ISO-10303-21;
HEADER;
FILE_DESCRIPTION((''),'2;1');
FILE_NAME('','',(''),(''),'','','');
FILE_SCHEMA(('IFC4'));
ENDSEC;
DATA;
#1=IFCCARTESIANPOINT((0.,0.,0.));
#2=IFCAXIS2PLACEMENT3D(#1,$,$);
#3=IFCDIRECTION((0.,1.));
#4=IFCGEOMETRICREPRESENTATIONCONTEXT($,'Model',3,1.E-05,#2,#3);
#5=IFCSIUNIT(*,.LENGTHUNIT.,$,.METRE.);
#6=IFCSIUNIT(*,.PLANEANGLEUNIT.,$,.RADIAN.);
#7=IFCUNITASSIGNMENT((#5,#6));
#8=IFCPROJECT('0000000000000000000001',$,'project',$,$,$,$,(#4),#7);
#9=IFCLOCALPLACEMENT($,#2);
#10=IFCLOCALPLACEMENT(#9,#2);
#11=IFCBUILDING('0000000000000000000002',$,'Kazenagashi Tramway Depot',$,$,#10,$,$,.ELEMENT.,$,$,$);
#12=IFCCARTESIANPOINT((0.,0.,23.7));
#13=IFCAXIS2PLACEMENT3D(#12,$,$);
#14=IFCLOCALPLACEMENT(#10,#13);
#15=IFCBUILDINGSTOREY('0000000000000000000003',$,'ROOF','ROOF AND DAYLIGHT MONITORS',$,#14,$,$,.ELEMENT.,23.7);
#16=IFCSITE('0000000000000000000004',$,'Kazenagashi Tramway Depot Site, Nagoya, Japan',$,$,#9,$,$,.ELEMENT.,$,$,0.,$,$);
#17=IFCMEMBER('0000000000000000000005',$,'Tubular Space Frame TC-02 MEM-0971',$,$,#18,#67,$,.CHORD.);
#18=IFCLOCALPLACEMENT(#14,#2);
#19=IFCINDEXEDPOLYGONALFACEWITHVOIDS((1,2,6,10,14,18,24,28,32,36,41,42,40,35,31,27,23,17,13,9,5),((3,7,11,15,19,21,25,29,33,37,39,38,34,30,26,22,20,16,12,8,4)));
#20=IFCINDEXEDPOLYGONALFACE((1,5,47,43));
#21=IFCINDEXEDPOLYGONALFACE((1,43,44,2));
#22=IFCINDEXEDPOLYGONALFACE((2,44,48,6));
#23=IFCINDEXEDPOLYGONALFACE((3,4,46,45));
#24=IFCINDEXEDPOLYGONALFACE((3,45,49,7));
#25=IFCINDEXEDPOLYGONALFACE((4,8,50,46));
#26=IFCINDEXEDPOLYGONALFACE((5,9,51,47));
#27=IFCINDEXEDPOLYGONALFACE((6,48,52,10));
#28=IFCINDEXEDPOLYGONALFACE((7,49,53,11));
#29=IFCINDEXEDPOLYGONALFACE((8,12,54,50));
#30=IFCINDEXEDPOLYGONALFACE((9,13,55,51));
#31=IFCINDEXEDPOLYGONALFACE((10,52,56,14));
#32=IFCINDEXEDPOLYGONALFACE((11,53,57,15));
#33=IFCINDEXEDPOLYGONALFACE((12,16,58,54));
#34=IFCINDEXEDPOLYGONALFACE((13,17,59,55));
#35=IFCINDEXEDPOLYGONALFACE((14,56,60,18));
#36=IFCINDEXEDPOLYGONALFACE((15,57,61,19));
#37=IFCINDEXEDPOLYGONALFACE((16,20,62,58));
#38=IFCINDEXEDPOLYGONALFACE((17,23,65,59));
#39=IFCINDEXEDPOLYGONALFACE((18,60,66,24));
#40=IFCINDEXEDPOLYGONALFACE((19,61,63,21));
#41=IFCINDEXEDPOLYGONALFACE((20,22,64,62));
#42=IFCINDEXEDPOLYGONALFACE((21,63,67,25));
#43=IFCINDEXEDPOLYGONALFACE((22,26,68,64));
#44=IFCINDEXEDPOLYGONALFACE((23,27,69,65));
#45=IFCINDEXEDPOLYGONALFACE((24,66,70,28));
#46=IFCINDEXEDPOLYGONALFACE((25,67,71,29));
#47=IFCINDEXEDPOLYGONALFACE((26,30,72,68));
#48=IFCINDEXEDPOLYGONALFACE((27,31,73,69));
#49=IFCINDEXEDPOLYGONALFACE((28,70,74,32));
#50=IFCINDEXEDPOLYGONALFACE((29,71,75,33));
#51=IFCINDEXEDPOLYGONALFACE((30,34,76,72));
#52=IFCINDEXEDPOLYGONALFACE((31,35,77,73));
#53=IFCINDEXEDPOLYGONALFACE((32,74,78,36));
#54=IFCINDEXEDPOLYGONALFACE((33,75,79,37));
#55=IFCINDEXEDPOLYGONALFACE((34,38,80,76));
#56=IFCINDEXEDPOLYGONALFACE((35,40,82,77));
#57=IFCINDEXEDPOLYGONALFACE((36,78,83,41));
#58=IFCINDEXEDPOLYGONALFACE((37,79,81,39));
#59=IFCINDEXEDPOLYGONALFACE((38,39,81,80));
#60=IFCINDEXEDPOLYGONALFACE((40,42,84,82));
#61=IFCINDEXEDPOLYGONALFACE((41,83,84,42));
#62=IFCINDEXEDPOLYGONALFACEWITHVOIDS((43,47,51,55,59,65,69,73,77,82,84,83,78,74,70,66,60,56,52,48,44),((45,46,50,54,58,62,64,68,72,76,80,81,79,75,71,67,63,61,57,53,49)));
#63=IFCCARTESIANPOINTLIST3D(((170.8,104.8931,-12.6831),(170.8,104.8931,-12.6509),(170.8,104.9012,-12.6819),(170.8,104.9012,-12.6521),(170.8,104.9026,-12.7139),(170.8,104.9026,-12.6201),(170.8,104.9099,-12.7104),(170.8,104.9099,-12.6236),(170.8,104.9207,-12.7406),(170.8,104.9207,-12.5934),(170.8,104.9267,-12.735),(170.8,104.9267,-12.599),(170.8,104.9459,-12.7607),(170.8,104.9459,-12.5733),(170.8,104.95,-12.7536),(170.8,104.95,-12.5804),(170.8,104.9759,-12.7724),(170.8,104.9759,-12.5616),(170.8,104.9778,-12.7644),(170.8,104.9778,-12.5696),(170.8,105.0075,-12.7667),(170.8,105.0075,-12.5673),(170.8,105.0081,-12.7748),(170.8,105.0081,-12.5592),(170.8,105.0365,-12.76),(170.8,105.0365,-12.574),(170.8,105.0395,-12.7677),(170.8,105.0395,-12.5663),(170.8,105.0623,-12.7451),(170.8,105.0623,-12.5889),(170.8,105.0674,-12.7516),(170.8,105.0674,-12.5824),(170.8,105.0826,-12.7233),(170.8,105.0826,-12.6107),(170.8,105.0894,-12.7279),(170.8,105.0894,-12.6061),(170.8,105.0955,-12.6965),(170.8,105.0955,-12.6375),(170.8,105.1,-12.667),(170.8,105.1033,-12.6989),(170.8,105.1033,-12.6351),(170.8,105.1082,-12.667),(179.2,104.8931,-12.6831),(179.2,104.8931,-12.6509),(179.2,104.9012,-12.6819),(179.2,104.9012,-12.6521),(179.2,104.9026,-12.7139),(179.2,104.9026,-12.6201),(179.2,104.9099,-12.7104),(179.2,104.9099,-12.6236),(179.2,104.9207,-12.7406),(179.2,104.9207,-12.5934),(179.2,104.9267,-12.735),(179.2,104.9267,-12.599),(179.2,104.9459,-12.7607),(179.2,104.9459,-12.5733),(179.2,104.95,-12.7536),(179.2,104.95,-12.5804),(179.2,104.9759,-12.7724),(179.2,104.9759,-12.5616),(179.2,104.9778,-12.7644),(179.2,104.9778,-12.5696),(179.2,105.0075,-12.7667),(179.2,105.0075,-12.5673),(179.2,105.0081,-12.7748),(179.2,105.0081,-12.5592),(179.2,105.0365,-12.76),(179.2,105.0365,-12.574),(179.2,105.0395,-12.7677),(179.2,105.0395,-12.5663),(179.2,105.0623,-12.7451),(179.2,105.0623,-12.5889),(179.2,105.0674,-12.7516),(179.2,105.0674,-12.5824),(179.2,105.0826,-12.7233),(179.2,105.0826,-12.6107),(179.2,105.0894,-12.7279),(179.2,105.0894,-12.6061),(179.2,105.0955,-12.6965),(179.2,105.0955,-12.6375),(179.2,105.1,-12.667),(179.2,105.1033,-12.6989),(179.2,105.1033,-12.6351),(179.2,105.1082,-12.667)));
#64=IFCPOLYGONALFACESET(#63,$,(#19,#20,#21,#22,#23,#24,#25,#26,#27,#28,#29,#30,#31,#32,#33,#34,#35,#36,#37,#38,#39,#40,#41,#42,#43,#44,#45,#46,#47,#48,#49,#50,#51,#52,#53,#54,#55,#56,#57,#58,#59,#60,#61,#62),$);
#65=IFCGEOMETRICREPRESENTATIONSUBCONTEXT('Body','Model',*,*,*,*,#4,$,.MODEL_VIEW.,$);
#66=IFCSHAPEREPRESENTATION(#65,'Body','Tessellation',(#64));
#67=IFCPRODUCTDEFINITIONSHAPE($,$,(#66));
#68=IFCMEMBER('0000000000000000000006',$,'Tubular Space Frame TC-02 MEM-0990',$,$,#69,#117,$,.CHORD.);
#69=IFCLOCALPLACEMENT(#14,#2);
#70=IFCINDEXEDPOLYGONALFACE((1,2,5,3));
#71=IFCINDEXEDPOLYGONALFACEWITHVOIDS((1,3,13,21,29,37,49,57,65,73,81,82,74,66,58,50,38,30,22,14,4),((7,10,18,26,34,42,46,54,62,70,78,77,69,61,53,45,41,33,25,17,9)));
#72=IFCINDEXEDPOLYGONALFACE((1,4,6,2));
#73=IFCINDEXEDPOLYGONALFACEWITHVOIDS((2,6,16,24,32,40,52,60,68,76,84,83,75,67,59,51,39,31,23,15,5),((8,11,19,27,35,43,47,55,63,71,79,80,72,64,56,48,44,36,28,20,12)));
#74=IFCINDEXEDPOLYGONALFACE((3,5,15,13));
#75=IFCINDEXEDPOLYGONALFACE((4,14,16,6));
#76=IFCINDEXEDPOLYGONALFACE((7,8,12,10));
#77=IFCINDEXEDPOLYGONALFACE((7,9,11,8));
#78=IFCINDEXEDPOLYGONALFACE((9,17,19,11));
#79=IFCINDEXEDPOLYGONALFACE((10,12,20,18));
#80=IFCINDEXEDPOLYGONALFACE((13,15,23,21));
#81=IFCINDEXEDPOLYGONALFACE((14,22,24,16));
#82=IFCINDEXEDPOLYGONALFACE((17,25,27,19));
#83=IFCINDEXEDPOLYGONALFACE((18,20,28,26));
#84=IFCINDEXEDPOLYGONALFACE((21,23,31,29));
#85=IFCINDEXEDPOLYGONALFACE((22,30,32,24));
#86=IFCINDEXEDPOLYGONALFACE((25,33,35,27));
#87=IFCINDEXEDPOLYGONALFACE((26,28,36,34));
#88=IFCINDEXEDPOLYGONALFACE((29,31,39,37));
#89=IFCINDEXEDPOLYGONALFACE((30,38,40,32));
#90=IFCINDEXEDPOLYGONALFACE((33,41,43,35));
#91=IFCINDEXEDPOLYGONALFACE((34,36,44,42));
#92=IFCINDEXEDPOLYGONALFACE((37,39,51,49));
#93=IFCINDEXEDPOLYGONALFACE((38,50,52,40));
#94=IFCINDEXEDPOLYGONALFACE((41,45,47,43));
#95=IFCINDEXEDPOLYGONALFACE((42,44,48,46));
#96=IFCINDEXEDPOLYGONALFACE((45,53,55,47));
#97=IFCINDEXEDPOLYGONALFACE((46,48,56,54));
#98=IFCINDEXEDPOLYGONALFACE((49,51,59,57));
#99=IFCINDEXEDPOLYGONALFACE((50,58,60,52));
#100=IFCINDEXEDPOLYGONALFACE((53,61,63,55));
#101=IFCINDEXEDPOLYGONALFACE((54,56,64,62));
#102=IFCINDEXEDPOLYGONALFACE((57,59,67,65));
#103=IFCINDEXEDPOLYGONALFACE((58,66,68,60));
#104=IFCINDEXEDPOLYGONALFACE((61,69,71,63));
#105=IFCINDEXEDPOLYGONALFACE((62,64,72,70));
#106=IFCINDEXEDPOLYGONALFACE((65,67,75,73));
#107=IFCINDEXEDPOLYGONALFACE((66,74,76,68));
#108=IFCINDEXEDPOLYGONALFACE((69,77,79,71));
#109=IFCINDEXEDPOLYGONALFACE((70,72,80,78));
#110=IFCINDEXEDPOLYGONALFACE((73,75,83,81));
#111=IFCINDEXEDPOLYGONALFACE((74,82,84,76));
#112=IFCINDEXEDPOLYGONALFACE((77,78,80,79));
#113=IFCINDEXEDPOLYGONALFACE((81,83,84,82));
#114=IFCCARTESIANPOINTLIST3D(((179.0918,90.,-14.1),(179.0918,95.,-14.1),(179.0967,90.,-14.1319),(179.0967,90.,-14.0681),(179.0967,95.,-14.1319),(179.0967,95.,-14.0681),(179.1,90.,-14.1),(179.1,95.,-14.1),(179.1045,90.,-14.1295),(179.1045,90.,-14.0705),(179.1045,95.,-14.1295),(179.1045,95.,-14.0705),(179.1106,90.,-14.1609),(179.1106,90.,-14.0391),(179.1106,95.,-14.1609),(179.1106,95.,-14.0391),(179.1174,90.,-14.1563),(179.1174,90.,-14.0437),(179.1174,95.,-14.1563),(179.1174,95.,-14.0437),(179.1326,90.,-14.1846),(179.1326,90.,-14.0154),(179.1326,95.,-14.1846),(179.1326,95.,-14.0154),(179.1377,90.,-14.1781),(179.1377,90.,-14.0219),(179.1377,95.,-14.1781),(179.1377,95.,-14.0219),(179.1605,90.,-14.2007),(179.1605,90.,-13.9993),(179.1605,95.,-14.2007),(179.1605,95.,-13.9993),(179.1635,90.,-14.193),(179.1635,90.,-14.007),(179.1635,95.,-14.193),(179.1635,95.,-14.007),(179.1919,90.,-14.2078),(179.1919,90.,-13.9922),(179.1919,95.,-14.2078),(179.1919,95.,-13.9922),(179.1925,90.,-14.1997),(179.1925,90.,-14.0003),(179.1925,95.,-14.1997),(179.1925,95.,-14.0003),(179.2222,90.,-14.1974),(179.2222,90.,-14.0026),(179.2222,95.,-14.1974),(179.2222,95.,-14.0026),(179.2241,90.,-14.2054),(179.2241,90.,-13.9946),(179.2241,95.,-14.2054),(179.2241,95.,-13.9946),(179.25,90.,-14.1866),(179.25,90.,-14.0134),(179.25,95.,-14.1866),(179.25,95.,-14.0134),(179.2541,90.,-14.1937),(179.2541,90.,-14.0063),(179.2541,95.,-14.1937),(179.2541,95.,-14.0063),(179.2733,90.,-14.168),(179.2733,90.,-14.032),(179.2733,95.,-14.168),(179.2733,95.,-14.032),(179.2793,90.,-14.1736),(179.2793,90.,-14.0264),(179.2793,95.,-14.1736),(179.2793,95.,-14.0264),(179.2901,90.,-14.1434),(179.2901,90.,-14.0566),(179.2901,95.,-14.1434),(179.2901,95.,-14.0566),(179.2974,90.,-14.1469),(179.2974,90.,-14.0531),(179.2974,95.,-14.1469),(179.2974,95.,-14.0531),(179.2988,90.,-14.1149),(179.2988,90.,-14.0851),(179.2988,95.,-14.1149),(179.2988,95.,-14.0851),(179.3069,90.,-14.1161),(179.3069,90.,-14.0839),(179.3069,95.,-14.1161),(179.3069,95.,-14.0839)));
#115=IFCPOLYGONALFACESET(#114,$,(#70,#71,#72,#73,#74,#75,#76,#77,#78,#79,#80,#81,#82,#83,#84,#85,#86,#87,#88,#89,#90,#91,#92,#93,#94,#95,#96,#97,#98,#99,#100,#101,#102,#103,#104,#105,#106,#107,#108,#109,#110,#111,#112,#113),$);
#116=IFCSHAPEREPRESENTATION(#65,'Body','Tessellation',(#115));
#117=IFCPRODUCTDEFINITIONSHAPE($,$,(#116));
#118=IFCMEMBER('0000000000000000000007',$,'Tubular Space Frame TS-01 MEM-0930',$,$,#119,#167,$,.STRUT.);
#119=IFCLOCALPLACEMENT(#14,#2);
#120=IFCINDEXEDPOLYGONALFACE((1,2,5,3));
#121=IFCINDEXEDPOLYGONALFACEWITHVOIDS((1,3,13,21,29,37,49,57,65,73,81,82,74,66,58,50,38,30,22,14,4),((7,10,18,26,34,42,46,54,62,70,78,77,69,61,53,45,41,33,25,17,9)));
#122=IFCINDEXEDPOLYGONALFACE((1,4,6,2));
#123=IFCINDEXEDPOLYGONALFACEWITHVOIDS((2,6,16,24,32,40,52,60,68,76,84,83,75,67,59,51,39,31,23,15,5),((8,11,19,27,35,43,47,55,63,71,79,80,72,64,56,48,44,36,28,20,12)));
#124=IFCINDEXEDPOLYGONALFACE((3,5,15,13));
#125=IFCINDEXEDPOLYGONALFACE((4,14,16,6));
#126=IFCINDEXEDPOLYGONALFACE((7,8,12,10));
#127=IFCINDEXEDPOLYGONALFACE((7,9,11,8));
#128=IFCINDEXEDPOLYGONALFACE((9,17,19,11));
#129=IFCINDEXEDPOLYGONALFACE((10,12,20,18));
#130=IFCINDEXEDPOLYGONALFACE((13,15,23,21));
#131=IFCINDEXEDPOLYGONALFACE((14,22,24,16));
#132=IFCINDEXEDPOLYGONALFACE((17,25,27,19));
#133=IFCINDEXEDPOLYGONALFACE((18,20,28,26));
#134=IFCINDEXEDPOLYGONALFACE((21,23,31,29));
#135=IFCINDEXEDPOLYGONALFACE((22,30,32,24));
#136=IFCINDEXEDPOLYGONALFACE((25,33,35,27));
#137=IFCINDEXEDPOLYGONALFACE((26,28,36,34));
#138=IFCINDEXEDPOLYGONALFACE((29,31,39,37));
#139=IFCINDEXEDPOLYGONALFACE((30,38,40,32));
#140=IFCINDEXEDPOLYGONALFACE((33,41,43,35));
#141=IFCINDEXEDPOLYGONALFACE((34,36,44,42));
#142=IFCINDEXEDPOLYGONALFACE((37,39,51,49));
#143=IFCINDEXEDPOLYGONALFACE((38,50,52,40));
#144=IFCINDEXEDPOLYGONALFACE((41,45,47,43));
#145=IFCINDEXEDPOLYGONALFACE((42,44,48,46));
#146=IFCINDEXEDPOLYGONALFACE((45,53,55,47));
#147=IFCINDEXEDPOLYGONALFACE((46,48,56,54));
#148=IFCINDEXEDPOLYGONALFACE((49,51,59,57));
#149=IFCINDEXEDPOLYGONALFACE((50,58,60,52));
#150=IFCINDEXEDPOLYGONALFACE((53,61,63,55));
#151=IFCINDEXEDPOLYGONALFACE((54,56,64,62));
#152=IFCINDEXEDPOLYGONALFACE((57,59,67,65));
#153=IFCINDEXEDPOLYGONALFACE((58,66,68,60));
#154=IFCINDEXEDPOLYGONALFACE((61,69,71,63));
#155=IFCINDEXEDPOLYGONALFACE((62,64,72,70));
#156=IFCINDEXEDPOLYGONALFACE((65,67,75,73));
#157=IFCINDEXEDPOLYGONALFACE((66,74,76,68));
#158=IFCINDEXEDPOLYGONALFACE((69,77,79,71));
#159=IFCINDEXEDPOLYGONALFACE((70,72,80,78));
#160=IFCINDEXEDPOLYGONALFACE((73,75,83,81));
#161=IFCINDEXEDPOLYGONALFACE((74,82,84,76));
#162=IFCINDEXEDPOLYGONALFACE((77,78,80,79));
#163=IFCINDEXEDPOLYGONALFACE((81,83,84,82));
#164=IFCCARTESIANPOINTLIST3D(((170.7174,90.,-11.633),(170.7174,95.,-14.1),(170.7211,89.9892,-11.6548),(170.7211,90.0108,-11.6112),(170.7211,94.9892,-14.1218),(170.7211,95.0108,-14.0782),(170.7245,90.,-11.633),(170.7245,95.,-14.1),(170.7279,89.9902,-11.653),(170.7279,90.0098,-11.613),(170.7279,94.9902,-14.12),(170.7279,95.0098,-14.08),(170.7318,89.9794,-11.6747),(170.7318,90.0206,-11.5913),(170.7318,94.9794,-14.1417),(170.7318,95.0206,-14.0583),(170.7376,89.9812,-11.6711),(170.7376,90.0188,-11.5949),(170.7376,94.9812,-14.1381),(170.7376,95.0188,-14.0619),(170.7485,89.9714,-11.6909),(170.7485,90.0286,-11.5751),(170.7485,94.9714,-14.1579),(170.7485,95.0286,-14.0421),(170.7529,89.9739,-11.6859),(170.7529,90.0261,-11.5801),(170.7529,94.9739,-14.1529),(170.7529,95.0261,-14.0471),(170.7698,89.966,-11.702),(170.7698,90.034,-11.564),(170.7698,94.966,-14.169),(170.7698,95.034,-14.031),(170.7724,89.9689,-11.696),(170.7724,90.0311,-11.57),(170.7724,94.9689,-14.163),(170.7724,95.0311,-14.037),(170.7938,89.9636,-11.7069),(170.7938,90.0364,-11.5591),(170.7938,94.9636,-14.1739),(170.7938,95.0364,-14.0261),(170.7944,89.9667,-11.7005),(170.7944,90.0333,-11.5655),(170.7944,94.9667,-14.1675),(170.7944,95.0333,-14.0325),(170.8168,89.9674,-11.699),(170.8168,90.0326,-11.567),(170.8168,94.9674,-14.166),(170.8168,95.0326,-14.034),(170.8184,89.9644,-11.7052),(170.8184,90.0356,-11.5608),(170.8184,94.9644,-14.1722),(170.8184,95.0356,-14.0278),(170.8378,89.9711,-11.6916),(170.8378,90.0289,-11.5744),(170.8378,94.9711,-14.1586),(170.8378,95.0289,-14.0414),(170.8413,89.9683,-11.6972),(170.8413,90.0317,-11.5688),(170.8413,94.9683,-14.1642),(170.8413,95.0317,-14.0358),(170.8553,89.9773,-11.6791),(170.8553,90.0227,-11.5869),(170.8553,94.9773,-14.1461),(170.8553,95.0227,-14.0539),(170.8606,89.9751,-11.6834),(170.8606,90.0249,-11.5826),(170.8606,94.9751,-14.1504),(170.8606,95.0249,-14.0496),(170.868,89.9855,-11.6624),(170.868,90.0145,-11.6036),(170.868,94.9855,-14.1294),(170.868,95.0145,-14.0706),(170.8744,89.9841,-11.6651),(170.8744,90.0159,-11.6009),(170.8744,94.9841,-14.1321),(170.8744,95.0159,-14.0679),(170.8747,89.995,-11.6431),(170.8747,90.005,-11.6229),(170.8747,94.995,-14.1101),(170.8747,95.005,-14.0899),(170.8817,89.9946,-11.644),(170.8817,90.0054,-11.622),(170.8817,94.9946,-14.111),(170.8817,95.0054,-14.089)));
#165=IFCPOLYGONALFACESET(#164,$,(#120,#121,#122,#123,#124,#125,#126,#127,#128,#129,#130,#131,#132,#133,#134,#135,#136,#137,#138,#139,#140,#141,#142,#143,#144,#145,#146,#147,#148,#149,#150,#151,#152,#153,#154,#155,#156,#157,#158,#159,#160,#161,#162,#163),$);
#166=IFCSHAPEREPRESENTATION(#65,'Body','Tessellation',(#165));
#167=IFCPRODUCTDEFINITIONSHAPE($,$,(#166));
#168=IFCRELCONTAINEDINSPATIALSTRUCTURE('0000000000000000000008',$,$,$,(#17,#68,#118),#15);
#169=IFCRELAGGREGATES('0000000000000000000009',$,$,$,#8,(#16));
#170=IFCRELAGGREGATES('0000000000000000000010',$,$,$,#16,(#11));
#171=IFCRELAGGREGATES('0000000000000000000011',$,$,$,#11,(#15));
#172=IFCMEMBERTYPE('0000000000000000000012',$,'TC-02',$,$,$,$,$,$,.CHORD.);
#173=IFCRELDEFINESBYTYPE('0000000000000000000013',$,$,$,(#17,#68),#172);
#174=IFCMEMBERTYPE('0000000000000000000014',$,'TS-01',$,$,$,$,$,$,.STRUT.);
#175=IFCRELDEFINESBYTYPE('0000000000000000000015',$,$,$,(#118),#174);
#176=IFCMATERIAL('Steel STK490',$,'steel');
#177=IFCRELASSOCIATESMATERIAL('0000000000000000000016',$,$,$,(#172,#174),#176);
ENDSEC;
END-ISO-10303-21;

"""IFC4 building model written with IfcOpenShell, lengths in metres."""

from ifc_helpers import new_model, si_unit, direction, frame, origin, origin_2d, place, context, subcontext, project, spatial, hollow_circle, extrude, material, material_profile, profile_set, type_object, element, save


model = new_model("IFC4")

# Units and contexts
model_context = context("Model", 3, precision=1e-05, world=origin(), true_north=direction((0.0, 1.0)))
body_context = subcontext(model_context, "Body", "Model", "MODEL_VIEW")
ifc_project = project(units=[si_unit("LENGTHUNIT", "METRE"), si_unit("PLANEANGLEUNIT", "RADIAN")], contexts=[model_context])

# Site, building, storey
site_placement = place(None, origin())
site = spatial("IfcSite", under=ifc_project, at=site_placement, Name="Kazenagashi Tramway Depot Site, Nagoya, Japan", CompositionType="ELEMENT", RefElevation=0.0)
building_placement = place(site_placement, origin())
building = spatial("IfcBuilding", under=site, at=building_placement, Name="Kazenagashi Tramway Depot", CompositionType="ELEMENT")
storey_placement = place(building_placement, frame((0.0, 0.0, 23.7)))
storey = spatial("IfcBuildingStorey", under=building, at=storey_placement, Name="ROOF", Description="ROOF AND DAYLIGHT MONITORS", CompositionType="ELEMENT", Elevation=23.7)

# Members
ifc_material_1 = material(Name="Steel STK490", Category="steel")
ifc_material_profile_1 = material_profile(ifc_material_1, hollow_circle(Radius=0.1081, WallThickness=0.0082, at=origin_2d()), Name="CHS-216.3x8.2")
ifc_profile_set_1 = profile_set([ifc_material_profile_1], Name="Steel STK490")
member_type_1 = type_object("IfcMemberType", Name="TC-02", PredefinedType="CHORD", material=ifc_profile_set_1)
member_1_placement = place(storey_placement, frame((170.8, 105.0, -12.667), z_axis=(1.0, 0.0, 0.0), x_axis=(0.0, 1.0, 0.0)))
element("IfcMember", 1, at=member_1_placement, inside=storey, type_object=member_type_1, Name="Tubular Space Frame TC-02 MEM-0971", PredefinedType="CHORD", context=body_context, shape_type="SweptSolid", body=[
    extrude(hollow_circle(Radius=0.1081, WallThickness=0.0082, at=origin_2d()), origin(), (0.0, 0.0, 1.0), 8.4),
])
member_2_placement = place(storey_placement, frame((179.2, 90.0, -14.1), z_axis=(0.0, 1.0, 0.0), x_axis=(-1.0, 0.0, 0.0)))
element("IfcMember", 2, at=member_2_placement, inside=storey, type_object=member_type_1, Name="Tubular Space Frame TC-02 MEM-0990", PredefinedType="CHORD", context=body_context, shape_type="SweptSolid", body=[
    extrude(hollow_circle(Radius=0.1081, WallThickness=0.0082, at=origin_2d()), origin(), (0.0, 0.0, 1.0), 5.0),
])
ifc_material_profile_2 = material_profile(ifc_material_1, hollow_circle(Radius=0.0826, WallThickness=0.0071, at=origin_2d()), Name="CHS-165.2x7.1")
ifc_profile_set_2 = profile_set([ifc_material_profile_2], Name="Steel STK490")
member_type_2 = type_object("IfcMemberType", Name="TS-01", PredefinedType="STRUT", material=ifc_profile_set_2)
member_3_placement = place(storey_placement, frame((170.8, 90.0, -11.633), z_axis=(0.0, 0.896782, -0.442472), x_axis=(-1.0, 0.0, 0.0)))
element("IfcMember", 3, at=member_3_placement, inside=storey, type_object=member_type_2, Name="Tubular Space Frame TS-01 MEM-0930", PredefinedType="STRUT", context=body_context, shape_type="SweptSolid", body=[
    extrude(hollow_circle(Radius=0.0826, WallThickness=0.0071, at=origin_2d()), origin(), (0.0, 0.0, 1.0), 5.5755),
])

save(model, "model.ifc")
